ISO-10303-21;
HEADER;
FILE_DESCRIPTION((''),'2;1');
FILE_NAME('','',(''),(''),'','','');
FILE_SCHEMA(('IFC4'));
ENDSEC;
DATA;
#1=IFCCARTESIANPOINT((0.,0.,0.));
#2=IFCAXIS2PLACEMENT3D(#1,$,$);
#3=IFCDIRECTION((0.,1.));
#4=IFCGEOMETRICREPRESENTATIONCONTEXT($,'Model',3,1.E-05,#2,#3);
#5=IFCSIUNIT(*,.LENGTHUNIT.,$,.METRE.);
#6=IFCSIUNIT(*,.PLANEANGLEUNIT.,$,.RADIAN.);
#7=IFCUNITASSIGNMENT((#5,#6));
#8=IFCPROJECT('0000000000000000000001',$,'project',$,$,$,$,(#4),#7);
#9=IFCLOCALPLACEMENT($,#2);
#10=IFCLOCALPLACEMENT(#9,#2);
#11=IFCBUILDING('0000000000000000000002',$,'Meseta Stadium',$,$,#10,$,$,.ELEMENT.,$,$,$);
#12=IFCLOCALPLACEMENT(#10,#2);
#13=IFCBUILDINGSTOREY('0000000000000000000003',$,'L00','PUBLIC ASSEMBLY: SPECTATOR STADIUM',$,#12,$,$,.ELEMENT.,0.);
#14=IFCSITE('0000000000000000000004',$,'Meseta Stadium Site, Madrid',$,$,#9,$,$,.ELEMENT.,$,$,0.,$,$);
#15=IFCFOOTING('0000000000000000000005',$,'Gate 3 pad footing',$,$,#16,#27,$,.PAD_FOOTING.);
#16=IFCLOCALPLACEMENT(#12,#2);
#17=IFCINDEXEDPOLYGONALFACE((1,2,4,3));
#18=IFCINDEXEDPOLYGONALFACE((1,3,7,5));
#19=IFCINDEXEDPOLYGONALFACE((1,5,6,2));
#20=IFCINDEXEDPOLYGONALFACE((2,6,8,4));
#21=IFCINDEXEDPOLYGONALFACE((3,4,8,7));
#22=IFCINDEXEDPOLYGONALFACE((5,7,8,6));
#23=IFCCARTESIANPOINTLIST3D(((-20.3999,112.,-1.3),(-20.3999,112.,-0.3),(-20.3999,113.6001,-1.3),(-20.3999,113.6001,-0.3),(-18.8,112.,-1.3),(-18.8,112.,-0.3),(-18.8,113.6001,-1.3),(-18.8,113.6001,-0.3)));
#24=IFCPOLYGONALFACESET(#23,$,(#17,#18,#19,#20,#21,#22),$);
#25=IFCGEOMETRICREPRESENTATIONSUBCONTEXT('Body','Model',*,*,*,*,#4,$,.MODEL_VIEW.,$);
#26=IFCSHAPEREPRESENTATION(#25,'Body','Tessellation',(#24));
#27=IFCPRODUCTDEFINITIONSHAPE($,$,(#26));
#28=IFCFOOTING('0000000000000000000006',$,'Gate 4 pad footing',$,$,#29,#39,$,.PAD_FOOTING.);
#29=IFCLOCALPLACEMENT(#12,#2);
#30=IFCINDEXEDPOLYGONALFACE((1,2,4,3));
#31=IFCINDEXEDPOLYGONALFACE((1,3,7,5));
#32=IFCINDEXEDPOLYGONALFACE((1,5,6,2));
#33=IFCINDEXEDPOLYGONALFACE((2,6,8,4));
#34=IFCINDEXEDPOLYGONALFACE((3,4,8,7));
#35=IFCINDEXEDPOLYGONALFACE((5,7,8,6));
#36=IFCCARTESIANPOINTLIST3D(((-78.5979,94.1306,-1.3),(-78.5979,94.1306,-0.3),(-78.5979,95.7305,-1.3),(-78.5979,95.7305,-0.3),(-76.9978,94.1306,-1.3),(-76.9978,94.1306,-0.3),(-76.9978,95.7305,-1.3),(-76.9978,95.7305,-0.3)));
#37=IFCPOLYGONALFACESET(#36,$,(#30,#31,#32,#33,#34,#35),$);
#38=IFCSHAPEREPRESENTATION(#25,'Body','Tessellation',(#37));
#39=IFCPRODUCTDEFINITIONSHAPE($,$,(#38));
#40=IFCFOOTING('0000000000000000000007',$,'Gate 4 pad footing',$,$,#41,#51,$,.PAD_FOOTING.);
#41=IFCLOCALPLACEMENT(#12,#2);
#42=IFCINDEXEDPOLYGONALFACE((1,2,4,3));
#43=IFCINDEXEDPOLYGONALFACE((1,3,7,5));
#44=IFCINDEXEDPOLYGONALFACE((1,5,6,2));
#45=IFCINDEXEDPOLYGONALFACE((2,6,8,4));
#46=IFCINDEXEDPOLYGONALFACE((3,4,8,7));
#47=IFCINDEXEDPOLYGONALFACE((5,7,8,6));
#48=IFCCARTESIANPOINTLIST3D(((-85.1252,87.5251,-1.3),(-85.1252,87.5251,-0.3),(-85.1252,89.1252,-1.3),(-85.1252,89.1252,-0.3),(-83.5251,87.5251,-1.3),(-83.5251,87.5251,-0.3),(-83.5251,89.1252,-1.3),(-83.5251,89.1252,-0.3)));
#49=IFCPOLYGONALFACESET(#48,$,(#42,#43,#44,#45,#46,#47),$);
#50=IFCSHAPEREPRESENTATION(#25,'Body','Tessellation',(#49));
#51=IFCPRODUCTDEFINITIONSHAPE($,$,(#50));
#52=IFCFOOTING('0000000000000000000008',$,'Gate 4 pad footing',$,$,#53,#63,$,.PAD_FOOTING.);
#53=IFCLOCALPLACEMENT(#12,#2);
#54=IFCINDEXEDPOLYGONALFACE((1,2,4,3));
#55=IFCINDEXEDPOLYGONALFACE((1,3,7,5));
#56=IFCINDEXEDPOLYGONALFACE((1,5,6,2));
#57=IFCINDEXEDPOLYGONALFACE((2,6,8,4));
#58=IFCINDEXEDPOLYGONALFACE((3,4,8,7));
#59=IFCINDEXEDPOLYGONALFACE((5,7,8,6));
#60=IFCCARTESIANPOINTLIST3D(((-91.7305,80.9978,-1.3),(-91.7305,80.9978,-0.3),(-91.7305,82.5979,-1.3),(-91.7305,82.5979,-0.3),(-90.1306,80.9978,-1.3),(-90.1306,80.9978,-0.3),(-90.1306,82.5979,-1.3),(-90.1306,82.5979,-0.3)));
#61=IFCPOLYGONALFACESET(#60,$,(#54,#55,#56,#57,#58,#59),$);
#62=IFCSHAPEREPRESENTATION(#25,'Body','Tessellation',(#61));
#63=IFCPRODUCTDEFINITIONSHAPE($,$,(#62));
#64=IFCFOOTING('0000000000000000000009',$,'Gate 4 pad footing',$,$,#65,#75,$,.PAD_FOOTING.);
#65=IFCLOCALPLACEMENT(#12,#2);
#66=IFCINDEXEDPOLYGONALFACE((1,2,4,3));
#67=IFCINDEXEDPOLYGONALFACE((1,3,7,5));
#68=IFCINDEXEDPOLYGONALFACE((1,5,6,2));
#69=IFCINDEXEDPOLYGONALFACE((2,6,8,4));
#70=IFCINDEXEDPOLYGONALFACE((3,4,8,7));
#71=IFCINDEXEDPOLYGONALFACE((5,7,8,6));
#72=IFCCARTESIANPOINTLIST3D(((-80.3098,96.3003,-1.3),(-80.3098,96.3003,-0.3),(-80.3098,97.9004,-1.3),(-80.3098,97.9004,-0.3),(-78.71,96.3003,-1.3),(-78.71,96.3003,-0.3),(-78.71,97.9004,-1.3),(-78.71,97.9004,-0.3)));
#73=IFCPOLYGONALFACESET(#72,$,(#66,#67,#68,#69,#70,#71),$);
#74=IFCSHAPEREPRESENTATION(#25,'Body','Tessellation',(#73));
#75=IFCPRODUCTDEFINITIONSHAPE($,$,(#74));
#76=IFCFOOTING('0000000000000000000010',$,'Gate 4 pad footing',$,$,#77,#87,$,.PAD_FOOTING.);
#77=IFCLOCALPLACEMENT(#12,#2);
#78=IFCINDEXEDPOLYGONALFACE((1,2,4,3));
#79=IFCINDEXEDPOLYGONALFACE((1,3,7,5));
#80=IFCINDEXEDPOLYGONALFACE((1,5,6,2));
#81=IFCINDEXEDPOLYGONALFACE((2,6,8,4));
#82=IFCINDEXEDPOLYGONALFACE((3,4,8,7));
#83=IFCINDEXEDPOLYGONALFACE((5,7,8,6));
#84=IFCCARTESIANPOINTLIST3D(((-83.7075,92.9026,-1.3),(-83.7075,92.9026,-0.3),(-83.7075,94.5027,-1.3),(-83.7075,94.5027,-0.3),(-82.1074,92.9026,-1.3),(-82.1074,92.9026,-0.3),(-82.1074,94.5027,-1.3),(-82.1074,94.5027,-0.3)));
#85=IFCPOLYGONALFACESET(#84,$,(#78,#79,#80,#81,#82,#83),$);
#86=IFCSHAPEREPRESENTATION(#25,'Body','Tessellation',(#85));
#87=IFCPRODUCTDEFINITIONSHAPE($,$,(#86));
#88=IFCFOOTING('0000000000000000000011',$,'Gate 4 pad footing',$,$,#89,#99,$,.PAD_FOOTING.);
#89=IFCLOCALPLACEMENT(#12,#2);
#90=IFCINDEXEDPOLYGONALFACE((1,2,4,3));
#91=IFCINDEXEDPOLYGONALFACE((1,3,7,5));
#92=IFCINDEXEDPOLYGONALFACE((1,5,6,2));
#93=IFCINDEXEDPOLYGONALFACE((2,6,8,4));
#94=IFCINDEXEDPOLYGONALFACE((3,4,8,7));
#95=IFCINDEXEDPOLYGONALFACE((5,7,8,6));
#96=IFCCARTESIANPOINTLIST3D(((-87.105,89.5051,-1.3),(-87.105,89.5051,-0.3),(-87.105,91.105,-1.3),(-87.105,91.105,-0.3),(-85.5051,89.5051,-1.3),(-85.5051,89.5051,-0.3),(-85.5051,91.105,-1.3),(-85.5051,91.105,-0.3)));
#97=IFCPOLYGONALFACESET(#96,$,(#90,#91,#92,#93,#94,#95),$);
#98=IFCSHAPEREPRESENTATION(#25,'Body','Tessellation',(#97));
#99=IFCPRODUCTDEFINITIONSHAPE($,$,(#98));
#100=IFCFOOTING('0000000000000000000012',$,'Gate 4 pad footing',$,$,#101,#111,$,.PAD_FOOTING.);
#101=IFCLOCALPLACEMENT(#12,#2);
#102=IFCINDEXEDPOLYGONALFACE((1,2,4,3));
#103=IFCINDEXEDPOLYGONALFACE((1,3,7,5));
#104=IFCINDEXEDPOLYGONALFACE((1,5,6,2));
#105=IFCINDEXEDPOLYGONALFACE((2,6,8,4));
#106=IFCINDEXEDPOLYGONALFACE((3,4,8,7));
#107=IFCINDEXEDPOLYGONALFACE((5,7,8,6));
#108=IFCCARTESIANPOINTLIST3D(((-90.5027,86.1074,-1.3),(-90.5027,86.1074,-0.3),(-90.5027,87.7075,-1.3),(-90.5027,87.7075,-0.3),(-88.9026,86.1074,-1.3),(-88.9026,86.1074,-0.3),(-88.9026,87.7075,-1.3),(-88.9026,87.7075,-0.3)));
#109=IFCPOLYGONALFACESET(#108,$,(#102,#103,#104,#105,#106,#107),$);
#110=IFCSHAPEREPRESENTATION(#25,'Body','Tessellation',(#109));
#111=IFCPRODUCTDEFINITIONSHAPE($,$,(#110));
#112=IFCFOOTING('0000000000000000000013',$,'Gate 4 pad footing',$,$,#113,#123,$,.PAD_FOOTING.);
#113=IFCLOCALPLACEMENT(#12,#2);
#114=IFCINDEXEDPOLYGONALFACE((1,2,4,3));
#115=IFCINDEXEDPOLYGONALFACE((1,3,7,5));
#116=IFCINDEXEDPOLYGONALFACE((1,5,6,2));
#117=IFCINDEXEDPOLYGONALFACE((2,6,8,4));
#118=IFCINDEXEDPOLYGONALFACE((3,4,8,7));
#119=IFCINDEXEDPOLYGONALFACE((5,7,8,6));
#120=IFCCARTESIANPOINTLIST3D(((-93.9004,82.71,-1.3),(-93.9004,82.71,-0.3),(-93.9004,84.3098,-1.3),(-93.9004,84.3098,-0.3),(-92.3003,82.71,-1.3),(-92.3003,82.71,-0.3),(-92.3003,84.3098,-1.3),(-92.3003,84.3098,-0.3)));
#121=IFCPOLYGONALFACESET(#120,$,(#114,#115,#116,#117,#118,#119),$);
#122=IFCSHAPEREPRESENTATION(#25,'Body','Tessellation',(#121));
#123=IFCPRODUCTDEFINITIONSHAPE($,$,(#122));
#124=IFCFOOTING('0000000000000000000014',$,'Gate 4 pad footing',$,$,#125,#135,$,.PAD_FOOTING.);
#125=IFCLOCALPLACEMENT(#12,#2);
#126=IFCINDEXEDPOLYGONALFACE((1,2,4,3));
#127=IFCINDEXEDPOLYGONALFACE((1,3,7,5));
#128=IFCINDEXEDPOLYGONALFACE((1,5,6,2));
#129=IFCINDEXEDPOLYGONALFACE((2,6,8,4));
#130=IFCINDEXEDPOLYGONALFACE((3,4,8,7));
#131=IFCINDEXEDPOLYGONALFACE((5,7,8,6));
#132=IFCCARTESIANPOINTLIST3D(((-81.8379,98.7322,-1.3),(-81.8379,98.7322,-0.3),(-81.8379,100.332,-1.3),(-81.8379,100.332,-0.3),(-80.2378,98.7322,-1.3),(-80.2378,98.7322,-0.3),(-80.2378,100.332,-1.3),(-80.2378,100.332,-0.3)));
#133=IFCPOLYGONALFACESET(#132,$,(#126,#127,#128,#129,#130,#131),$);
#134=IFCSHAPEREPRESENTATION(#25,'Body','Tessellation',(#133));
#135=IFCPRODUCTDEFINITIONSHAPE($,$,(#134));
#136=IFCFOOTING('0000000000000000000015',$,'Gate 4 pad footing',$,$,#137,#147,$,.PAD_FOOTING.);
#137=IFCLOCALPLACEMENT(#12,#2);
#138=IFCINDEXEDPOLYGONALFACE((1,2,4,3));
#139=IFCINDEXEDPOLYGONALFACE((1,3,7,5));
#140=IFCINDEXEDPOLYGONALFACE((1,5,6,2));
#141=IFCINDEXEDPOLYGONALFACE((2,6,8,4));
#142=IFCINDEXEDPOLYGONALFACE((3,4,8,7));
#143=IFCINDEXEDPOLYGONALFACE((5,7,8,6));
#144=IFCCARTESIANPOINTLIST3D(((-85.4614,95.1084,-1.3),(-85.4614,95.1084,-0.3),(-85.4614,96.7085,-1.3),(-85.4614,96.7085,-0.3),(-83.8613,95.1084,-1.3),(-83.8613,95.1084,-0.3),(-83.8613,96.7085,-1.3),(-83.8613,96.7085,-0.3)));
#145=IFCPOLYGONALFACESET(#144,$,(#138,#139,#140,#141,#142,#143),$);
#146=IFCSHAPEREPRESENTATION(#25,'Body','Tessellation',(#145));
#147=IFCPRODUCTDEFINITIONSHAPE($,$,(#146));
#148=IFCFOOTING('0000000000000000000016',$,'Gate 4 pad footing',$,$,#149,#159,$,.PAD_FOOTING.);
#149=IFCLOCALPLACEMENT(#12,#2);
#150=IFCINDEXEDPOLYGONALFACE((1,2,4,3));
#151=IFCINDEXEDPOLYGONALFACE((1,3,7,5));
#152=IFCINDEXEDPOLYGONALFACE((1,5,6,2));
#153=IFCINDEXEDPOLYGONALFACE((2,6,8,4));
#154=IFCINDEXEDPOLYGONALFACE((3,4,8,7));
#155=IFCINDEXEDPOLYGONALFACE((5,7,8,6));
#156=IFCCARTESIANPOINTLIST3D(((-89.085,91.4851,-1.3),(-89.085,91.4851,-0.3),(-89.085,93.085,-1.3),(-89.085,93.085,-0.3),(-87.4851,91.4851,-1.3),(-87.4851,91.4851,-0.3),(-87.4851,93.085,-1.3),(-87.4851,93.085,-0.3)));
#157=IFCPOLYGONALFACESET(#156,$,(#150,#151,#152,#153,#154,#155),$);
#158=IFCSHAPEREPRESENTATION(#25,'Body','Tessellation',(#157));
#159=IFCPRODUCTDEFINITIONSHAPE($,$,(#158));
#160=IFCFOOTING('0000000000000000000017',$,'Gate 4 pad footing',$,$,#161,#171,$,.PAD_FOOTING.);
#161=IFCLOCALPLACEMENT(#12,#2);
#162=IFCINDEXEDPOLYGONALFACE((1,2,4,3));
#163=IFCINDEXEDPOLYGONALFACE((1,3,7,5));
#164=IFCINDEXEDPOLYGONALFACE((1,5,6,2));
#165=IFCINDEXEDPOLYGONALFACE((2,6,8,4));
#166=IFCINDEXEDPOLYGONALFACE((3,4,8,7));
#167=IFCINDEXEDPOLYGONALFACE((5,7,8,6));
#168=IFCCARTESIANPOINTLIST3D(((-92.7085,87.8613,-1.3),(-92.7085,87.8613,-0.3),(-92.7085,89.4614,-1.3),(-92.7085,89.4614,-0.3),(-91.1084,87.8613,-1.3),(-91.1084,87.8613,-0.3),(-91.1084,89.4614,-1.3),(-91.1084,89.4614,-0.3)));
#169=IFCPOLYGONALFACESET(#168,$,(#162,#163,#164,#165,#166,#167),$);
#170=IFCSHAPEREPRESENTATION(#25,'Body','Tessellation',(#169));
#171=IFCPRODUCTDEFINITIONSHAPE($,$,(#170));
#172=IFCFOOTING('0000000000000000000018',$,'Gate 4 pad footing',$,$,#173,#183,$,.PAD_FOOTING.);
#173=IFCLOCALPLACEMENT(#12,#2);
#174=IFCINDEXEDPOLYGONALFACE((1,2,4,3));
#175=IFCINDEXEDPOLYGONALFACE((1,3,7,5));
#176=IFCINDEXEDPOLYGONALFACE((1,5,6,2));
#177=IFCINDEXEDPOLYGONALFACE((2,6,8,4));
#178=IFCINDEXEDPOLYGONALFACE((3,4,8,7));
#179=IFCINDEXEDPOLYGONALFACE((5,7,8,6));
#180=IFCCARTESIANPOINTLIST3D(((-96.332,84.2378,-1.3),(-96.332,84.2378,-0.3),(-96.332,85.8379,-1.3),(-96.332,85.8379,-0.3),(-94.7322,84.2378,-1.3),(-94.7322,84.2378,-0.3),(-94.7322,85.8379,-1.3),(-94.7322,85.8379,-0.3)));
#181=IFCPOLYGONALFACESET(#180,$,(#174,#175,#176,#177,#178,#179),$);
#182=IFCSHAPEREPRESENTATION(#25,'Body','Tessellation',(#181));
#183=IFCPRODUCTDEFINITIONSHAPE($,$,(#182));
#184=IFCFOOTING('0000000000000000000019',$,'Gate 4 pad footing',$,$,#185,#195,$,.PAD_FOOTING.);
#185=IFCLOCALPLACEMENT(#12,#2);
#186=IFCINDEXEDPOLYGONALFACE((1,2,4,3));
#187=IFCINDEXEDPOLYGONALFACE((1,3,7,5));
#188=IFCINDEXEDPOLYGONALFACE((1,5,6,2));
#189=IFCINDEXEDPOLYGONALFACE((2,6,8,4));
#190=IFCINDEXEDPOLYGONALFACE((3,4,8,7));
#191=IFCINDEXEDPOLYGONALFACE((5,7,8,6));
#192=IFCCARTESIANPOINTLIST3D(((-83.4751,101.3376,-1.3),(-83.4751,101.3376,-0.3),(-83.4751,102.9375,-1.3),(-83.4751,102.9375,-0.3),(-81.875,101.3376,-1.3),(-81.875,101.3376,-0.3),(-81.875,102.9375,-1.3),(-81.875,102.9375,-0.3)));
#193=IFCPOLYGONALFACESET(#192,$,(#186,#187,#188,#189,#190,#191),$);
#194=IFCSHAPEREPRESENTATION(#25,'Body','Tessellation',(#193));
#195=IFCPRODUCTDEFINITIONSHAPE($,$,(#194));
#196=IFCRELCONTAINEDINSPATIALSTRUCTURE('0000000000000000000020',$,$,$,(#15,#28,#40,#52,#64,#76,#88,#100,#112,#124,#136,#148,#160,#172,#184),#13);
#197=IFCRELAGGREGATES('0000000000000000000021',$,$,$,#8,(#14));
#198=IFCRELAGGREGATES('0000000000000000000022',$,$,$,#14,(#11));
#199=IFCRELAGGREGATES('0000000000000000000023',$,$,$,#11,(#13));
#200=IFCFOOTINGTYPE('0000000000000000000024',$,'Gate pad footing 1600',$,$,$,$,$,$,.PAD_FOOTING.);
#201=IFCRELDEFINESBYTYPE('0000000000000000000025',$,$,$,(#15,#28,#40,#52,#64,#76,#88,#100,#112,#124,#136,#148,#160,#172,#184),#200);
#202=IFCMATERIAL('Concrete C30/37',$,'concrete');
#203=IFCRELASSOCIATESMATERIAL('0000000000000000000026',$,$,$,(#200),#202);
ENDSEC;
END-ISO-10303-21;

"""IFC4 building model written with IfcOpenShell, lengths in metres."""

from ifc_helpers import new_model, si_unit, direction, frame, origin, place, context, subcontext, project, spatial, polyline, outline, extrude, material, type_object, element, save


model = new_model("IFC4")

# Units and contexts
model_context = context("Model", 3, precision=1e-05, world=origin(), true_north=direction((0.0, 1.0)))
body_context = subcontext(model_context, "Body", "Model", "MODEL_VIEW")
ifc_project = project(units=[si_unit("LENGTHUNIT", "METRE"), si_unit("PLANEANGLEUNIT", "RADIAN")], contexts=[model_context])

# Site, building, storey
site_placement = place(None, origin())
site = spatial("IfcSite", under=ifc_project, at=site_placement, Name="Meseta Stadium Site, Madrid", CompositionType="ELEMENT", RefElevation=0.0)
building_placement = place(site_placement, origin())
building = spatial("IfcBuilding", under=site, at=building_placement, Name="Meseta Stadium", CompositionType="ELEMENT")
storey_placement = place(building_placement, origin())
storey = spatial("IfcBuildingStorey", under=building, at=storey_placement, Name="L00", Description="PUBLIC ASSEMBLY: SPECTATOR STADIUM", CompositionType="ELEMENT", Elevation=0.0)

# Footings
ifc_material = material(Name="Concrete C30/37", Category="concrete")
footing_type = type_object("IfcFootingType", Name="Gate pad footing 1600", PredefinedType="PAD_FOOTING", material=ifc_material)
footing_1_placement = place(storey_placement, frame((0.0, 0.0, -1.3)))
element("IfcFooting", 1, at=footing_1_placement, inside=storey, type_object=footing_type, Name="Gate 3 pad footing", PredefinedType="PAD_FOOTING", context=body_context, shape_type="SweptSolid", body=[
    extrude(outline(polyline([(-18.8, 112.0), (-18.8, 113.6001), (-20.3999, 113.6001), (-20.3999, 112.0), (-18.8, 112.0)])), origin(), (0.0, 0.0, 1.0), 1.0),
])
footing_2_placement = place(storey_placement, frame((0.0, 0.0, -1.3)))
element("IfcFooting", 2, at=footing_2_placement, inside=storey, type_object=footing_type, Name="Gate 4 pad footing", PredefinedType="PAD_FOOTING", context=body_context, shape_type="SweptSolid", body=[
    extrude(outline(polyline([(-76.9978, 94.1306), (-76.9978, 95.7305), (-78.5979, 95.7305), (-78.5979, 94.1306), (-76.9978, 94.1306)])), origin(), (0.0, 0.0, 1.0), 1.0),
])
footing_3_placement = place(storey_placement, frame((0.0, 0.0, -1.3)))
element("IfcFooting", 3, at=footing_3_placement, inside=storey, type_object=footing_type, Name="Gate 4 pad footing", PredefinedType="PAD_FOOTING", context=body_context, shape_type="SweptSolid", body=[
    extrude(outline(polyline([(-83.5251, 87.5251), (-83.5251, 89.1252), (-85.1252, 89.1252), (-85.1252, 87.5251), (-83.5251, 87.5251)])), origin(), (0.0, 0.0, 1.0), 1.0),
])
footing_4_placement = place(storey_placement, frame((0.0, 0.0, -1.3)))
element("IfcFooting", 4, at=footing_4_placement, inside=storey, type_object=footing_type, Name="Gate 4 pad footing", PredefinedType="PAD_FOOTING", context=body_context, shape_type="SweptSolid", body=[
    extrude(outline(polyline([(-90.1306, 80.9978), (-90.1306, 82.5979), (-91.7305, 82.5979), (-91.7305, 80.9978), (-90.1306, 80.9978)])), origin(), (0.0, 0.0, 1.0), 1.0),
])
footing_5_placement = place(storey_placement, frame((0.0, 0.0, -1.3)))
element("IfcFooting", 5, at=footing_5_placement, inside=storey, type_object=footing_type, Name="Gate 4 pad footing", PredefinedType="PAD_FOOTING", context=body_context, shape_type="SweptSolid", body=[
    extrude(outline(polyline([(-78.71, 96.3003), (-78.71, 97.9004), (-80.3098, 97.9004), (-80.3098, 96.3003), (-78.71, 96.3003)])), origin(), (0.0, 0.0, 1.0), 1.0),
])
footing_6_placement = place(storey_placement, frame((0.0, 0.0, -1.3)))
element("IfcFooting", 6, at=footing_6_placement, inside=storey, type_object=footing_type, Name="Gate 4 pad footing", PredefinedType="PAD_FOOTING", context=body_context, shape_type="SweptSolid", body=[
    extrude(outline(polyline([(-82.1074, 92.9026), (-82.1074, 94.5027), (-83.7075, 94.5027), (-83.7075, 92.9026), (-82.1074, 92.9026)])), origin(), (0.0, 0.0, 1.0), 1.0),
])
footing_7_placement = place(storey_placement, frame((0.0, 0.0, -1.3)))
element("IfcFooting", 7, at=footing_7_placement, inside=storey, type_object=footing_type, Name="Gate 4 pad footing", PredefinedType="PAD_FOOTING", context=body_context, shape_type="SweptSolid", body=[
    extrude(outline(polyline([(-85.5051, 89.5051), (-85.5051, 91.105), (-87.105, 91.105), (-87.105, 89.5051), (-85.5051, 89.5051)])), origin(), (0.0, 0.0, 1.0), 1.0),
])
footing_8_placement = place(storey_placement, frame((0.0, 0.0, -1.3)))
element("IfcFooting", 8, at=footing_8_placement, inside=storey, type_object=footing_type, Name="Gate 4 pad footing", PredefinedType="PAD_FOOTING", context=body_context, shape_type="SweptSolid", body=[
    extrude(outline(polyline([(-88.9026, 86.1074), (-88.9026, 87.7075), (-90.5027, 87.7075), (-90.5027, 86.1074), (-88.9026, 86.1074)])), origin(), (0.0, 0.0, 1.0), 1.0),
])
footing_9_placement = place(storey_placement, frame((0.0, 0.0, -1.3)))
element("IfcFooting", 9, at=footing_9_placement, inside=storey, type_object=footing_type, Name="Gate 4 pad footing", PredefinedType="PAD_FOOTING", context=body_context, shape_type="SweptSolid", body=[
    extrude(outline(polyline([(-92.3003, 82.71), (-92.3003, 84.3098), (-93.9004, 84.3098), (-93.9004, 82.71), (-92.3003, 82.71)])), origin(), (0.0, 0.0, 1.0), 1.0),
])
footing_10_placement = place(storey_placement, frame((0.0, 0.0, -1.3)))
element("IfcFooting", 10, at=footing_10_placement, inside=storey, type_object=footing_type, Name="Gate 4 pad footing", PredefinedType="PAD_FOOTING", context=body_context, shape_type="SweptSolid", body=[
    extrude(outline(polyline([(-80.2378, 98.7322), (-80.2378, 100.332), (-81.8379, 100.332), (-81.8379, 98.7322), (-80.2378, 98.7322)])), origin(), (0.0, 0.0, 1.0), 1.0),
])
footing_11_placement = place(storey_placement, frame((0.0, 0.0, -1.3)))
element("IfcFooting", 11, at=footing_11_placement, inside=storey, type_object=footing_type, Name="Gate 4 pad footing", PredefinedType="PAD_FOOTING", context=body_context, shape_type="SweptSolid", body=[
    extrude(outline(polyline([(-83.8613, 95.1084), (-83.8613, 96.7085), (-85.4614, 96.7085), (-85.4614, 95.1084), (-83.8613, 95.1084)])), origin(), (0.0, 0.0, 1.0), 1.0),
])
footing_12_placement = place(storey_placement, frame((0.0, 0.0, -1.3)))
element("IfcFooting", 12, at=footing_12_placement, inside=storey, type_object=footing_type, Name="Gate 4 pad footing", PredefinedType="PAD_FOOTING", context=body_context, shape_type="SweptSolid", body=[
    extrude(outline(polyline([(-87.4851, 91.4851), (-87.4851, 93.085), (-89.085, 93.085), (-89.085, 91.4851), (-87.4851, 91.4851)])), origin(), (0.0, 0.0, 1.0), 1.0),
])
footing_13_placement = place(storey_placement, frame((0.0, 0.0, -1.3)))
element("IfcFooting", 13, at=footing_13_placement, inside=storey, type_object=footing_type, Name="Gate 4 pad footing", PredefinedType="PAD_FOOTING", context=body_context, shape_type="SweptSolid", body=[
    extrude(outline(polyline([(-91.1084, 87.8613), (-91.1084, 89.4614), (-92.7085, 89.4614), (-92.7085, 87.8613), (-91.1084, 87.8613)])), origin(), (0.0, 0.0, 1.0), 1.0),
])
footing_14_placement = place(storey_placement, frame((0.0, 0.0, -1.3)))
element("IfcFooting", 14, at=footing_14_placement, inside=storey, type_object=footing_type, Name="Gate 4 pad footing", PredefinedType="PAD_FOOTING", context=body_context, shape_type="SweptSolid", body=[
    extrude(outline(polyline([(-94.7322, 84.2378), (-94.7322, 85.8379), (-96.332, 85.8379), (-96.332, 84.2378), (-94.7322, 84.2378)])), origin(), (0.0, 0.0, 1.0), 1.0),
])
footing_15_placement = place(storey_placement, frame((0.0, 0.0, -1.3)))
element("IfcFooting", 15, at=footing_15_placement, inside=storey, type_object=footing_type, Name="Gate 4 pad footing", PredefinedType="PAD_FOOTING", context=body_context, shape_type="SweptSolid", body=[
    extrude(outline(polyline([(-81.875, 101.3376), (-81.875, 102.9375), (-83.4751, 102.9375), (-83.4751, 101.3376), (-81.875, 101.3376)])), origin(), (0.0, 0.0, 1.0), 1.0),
])

save(model, "model.ifc")
